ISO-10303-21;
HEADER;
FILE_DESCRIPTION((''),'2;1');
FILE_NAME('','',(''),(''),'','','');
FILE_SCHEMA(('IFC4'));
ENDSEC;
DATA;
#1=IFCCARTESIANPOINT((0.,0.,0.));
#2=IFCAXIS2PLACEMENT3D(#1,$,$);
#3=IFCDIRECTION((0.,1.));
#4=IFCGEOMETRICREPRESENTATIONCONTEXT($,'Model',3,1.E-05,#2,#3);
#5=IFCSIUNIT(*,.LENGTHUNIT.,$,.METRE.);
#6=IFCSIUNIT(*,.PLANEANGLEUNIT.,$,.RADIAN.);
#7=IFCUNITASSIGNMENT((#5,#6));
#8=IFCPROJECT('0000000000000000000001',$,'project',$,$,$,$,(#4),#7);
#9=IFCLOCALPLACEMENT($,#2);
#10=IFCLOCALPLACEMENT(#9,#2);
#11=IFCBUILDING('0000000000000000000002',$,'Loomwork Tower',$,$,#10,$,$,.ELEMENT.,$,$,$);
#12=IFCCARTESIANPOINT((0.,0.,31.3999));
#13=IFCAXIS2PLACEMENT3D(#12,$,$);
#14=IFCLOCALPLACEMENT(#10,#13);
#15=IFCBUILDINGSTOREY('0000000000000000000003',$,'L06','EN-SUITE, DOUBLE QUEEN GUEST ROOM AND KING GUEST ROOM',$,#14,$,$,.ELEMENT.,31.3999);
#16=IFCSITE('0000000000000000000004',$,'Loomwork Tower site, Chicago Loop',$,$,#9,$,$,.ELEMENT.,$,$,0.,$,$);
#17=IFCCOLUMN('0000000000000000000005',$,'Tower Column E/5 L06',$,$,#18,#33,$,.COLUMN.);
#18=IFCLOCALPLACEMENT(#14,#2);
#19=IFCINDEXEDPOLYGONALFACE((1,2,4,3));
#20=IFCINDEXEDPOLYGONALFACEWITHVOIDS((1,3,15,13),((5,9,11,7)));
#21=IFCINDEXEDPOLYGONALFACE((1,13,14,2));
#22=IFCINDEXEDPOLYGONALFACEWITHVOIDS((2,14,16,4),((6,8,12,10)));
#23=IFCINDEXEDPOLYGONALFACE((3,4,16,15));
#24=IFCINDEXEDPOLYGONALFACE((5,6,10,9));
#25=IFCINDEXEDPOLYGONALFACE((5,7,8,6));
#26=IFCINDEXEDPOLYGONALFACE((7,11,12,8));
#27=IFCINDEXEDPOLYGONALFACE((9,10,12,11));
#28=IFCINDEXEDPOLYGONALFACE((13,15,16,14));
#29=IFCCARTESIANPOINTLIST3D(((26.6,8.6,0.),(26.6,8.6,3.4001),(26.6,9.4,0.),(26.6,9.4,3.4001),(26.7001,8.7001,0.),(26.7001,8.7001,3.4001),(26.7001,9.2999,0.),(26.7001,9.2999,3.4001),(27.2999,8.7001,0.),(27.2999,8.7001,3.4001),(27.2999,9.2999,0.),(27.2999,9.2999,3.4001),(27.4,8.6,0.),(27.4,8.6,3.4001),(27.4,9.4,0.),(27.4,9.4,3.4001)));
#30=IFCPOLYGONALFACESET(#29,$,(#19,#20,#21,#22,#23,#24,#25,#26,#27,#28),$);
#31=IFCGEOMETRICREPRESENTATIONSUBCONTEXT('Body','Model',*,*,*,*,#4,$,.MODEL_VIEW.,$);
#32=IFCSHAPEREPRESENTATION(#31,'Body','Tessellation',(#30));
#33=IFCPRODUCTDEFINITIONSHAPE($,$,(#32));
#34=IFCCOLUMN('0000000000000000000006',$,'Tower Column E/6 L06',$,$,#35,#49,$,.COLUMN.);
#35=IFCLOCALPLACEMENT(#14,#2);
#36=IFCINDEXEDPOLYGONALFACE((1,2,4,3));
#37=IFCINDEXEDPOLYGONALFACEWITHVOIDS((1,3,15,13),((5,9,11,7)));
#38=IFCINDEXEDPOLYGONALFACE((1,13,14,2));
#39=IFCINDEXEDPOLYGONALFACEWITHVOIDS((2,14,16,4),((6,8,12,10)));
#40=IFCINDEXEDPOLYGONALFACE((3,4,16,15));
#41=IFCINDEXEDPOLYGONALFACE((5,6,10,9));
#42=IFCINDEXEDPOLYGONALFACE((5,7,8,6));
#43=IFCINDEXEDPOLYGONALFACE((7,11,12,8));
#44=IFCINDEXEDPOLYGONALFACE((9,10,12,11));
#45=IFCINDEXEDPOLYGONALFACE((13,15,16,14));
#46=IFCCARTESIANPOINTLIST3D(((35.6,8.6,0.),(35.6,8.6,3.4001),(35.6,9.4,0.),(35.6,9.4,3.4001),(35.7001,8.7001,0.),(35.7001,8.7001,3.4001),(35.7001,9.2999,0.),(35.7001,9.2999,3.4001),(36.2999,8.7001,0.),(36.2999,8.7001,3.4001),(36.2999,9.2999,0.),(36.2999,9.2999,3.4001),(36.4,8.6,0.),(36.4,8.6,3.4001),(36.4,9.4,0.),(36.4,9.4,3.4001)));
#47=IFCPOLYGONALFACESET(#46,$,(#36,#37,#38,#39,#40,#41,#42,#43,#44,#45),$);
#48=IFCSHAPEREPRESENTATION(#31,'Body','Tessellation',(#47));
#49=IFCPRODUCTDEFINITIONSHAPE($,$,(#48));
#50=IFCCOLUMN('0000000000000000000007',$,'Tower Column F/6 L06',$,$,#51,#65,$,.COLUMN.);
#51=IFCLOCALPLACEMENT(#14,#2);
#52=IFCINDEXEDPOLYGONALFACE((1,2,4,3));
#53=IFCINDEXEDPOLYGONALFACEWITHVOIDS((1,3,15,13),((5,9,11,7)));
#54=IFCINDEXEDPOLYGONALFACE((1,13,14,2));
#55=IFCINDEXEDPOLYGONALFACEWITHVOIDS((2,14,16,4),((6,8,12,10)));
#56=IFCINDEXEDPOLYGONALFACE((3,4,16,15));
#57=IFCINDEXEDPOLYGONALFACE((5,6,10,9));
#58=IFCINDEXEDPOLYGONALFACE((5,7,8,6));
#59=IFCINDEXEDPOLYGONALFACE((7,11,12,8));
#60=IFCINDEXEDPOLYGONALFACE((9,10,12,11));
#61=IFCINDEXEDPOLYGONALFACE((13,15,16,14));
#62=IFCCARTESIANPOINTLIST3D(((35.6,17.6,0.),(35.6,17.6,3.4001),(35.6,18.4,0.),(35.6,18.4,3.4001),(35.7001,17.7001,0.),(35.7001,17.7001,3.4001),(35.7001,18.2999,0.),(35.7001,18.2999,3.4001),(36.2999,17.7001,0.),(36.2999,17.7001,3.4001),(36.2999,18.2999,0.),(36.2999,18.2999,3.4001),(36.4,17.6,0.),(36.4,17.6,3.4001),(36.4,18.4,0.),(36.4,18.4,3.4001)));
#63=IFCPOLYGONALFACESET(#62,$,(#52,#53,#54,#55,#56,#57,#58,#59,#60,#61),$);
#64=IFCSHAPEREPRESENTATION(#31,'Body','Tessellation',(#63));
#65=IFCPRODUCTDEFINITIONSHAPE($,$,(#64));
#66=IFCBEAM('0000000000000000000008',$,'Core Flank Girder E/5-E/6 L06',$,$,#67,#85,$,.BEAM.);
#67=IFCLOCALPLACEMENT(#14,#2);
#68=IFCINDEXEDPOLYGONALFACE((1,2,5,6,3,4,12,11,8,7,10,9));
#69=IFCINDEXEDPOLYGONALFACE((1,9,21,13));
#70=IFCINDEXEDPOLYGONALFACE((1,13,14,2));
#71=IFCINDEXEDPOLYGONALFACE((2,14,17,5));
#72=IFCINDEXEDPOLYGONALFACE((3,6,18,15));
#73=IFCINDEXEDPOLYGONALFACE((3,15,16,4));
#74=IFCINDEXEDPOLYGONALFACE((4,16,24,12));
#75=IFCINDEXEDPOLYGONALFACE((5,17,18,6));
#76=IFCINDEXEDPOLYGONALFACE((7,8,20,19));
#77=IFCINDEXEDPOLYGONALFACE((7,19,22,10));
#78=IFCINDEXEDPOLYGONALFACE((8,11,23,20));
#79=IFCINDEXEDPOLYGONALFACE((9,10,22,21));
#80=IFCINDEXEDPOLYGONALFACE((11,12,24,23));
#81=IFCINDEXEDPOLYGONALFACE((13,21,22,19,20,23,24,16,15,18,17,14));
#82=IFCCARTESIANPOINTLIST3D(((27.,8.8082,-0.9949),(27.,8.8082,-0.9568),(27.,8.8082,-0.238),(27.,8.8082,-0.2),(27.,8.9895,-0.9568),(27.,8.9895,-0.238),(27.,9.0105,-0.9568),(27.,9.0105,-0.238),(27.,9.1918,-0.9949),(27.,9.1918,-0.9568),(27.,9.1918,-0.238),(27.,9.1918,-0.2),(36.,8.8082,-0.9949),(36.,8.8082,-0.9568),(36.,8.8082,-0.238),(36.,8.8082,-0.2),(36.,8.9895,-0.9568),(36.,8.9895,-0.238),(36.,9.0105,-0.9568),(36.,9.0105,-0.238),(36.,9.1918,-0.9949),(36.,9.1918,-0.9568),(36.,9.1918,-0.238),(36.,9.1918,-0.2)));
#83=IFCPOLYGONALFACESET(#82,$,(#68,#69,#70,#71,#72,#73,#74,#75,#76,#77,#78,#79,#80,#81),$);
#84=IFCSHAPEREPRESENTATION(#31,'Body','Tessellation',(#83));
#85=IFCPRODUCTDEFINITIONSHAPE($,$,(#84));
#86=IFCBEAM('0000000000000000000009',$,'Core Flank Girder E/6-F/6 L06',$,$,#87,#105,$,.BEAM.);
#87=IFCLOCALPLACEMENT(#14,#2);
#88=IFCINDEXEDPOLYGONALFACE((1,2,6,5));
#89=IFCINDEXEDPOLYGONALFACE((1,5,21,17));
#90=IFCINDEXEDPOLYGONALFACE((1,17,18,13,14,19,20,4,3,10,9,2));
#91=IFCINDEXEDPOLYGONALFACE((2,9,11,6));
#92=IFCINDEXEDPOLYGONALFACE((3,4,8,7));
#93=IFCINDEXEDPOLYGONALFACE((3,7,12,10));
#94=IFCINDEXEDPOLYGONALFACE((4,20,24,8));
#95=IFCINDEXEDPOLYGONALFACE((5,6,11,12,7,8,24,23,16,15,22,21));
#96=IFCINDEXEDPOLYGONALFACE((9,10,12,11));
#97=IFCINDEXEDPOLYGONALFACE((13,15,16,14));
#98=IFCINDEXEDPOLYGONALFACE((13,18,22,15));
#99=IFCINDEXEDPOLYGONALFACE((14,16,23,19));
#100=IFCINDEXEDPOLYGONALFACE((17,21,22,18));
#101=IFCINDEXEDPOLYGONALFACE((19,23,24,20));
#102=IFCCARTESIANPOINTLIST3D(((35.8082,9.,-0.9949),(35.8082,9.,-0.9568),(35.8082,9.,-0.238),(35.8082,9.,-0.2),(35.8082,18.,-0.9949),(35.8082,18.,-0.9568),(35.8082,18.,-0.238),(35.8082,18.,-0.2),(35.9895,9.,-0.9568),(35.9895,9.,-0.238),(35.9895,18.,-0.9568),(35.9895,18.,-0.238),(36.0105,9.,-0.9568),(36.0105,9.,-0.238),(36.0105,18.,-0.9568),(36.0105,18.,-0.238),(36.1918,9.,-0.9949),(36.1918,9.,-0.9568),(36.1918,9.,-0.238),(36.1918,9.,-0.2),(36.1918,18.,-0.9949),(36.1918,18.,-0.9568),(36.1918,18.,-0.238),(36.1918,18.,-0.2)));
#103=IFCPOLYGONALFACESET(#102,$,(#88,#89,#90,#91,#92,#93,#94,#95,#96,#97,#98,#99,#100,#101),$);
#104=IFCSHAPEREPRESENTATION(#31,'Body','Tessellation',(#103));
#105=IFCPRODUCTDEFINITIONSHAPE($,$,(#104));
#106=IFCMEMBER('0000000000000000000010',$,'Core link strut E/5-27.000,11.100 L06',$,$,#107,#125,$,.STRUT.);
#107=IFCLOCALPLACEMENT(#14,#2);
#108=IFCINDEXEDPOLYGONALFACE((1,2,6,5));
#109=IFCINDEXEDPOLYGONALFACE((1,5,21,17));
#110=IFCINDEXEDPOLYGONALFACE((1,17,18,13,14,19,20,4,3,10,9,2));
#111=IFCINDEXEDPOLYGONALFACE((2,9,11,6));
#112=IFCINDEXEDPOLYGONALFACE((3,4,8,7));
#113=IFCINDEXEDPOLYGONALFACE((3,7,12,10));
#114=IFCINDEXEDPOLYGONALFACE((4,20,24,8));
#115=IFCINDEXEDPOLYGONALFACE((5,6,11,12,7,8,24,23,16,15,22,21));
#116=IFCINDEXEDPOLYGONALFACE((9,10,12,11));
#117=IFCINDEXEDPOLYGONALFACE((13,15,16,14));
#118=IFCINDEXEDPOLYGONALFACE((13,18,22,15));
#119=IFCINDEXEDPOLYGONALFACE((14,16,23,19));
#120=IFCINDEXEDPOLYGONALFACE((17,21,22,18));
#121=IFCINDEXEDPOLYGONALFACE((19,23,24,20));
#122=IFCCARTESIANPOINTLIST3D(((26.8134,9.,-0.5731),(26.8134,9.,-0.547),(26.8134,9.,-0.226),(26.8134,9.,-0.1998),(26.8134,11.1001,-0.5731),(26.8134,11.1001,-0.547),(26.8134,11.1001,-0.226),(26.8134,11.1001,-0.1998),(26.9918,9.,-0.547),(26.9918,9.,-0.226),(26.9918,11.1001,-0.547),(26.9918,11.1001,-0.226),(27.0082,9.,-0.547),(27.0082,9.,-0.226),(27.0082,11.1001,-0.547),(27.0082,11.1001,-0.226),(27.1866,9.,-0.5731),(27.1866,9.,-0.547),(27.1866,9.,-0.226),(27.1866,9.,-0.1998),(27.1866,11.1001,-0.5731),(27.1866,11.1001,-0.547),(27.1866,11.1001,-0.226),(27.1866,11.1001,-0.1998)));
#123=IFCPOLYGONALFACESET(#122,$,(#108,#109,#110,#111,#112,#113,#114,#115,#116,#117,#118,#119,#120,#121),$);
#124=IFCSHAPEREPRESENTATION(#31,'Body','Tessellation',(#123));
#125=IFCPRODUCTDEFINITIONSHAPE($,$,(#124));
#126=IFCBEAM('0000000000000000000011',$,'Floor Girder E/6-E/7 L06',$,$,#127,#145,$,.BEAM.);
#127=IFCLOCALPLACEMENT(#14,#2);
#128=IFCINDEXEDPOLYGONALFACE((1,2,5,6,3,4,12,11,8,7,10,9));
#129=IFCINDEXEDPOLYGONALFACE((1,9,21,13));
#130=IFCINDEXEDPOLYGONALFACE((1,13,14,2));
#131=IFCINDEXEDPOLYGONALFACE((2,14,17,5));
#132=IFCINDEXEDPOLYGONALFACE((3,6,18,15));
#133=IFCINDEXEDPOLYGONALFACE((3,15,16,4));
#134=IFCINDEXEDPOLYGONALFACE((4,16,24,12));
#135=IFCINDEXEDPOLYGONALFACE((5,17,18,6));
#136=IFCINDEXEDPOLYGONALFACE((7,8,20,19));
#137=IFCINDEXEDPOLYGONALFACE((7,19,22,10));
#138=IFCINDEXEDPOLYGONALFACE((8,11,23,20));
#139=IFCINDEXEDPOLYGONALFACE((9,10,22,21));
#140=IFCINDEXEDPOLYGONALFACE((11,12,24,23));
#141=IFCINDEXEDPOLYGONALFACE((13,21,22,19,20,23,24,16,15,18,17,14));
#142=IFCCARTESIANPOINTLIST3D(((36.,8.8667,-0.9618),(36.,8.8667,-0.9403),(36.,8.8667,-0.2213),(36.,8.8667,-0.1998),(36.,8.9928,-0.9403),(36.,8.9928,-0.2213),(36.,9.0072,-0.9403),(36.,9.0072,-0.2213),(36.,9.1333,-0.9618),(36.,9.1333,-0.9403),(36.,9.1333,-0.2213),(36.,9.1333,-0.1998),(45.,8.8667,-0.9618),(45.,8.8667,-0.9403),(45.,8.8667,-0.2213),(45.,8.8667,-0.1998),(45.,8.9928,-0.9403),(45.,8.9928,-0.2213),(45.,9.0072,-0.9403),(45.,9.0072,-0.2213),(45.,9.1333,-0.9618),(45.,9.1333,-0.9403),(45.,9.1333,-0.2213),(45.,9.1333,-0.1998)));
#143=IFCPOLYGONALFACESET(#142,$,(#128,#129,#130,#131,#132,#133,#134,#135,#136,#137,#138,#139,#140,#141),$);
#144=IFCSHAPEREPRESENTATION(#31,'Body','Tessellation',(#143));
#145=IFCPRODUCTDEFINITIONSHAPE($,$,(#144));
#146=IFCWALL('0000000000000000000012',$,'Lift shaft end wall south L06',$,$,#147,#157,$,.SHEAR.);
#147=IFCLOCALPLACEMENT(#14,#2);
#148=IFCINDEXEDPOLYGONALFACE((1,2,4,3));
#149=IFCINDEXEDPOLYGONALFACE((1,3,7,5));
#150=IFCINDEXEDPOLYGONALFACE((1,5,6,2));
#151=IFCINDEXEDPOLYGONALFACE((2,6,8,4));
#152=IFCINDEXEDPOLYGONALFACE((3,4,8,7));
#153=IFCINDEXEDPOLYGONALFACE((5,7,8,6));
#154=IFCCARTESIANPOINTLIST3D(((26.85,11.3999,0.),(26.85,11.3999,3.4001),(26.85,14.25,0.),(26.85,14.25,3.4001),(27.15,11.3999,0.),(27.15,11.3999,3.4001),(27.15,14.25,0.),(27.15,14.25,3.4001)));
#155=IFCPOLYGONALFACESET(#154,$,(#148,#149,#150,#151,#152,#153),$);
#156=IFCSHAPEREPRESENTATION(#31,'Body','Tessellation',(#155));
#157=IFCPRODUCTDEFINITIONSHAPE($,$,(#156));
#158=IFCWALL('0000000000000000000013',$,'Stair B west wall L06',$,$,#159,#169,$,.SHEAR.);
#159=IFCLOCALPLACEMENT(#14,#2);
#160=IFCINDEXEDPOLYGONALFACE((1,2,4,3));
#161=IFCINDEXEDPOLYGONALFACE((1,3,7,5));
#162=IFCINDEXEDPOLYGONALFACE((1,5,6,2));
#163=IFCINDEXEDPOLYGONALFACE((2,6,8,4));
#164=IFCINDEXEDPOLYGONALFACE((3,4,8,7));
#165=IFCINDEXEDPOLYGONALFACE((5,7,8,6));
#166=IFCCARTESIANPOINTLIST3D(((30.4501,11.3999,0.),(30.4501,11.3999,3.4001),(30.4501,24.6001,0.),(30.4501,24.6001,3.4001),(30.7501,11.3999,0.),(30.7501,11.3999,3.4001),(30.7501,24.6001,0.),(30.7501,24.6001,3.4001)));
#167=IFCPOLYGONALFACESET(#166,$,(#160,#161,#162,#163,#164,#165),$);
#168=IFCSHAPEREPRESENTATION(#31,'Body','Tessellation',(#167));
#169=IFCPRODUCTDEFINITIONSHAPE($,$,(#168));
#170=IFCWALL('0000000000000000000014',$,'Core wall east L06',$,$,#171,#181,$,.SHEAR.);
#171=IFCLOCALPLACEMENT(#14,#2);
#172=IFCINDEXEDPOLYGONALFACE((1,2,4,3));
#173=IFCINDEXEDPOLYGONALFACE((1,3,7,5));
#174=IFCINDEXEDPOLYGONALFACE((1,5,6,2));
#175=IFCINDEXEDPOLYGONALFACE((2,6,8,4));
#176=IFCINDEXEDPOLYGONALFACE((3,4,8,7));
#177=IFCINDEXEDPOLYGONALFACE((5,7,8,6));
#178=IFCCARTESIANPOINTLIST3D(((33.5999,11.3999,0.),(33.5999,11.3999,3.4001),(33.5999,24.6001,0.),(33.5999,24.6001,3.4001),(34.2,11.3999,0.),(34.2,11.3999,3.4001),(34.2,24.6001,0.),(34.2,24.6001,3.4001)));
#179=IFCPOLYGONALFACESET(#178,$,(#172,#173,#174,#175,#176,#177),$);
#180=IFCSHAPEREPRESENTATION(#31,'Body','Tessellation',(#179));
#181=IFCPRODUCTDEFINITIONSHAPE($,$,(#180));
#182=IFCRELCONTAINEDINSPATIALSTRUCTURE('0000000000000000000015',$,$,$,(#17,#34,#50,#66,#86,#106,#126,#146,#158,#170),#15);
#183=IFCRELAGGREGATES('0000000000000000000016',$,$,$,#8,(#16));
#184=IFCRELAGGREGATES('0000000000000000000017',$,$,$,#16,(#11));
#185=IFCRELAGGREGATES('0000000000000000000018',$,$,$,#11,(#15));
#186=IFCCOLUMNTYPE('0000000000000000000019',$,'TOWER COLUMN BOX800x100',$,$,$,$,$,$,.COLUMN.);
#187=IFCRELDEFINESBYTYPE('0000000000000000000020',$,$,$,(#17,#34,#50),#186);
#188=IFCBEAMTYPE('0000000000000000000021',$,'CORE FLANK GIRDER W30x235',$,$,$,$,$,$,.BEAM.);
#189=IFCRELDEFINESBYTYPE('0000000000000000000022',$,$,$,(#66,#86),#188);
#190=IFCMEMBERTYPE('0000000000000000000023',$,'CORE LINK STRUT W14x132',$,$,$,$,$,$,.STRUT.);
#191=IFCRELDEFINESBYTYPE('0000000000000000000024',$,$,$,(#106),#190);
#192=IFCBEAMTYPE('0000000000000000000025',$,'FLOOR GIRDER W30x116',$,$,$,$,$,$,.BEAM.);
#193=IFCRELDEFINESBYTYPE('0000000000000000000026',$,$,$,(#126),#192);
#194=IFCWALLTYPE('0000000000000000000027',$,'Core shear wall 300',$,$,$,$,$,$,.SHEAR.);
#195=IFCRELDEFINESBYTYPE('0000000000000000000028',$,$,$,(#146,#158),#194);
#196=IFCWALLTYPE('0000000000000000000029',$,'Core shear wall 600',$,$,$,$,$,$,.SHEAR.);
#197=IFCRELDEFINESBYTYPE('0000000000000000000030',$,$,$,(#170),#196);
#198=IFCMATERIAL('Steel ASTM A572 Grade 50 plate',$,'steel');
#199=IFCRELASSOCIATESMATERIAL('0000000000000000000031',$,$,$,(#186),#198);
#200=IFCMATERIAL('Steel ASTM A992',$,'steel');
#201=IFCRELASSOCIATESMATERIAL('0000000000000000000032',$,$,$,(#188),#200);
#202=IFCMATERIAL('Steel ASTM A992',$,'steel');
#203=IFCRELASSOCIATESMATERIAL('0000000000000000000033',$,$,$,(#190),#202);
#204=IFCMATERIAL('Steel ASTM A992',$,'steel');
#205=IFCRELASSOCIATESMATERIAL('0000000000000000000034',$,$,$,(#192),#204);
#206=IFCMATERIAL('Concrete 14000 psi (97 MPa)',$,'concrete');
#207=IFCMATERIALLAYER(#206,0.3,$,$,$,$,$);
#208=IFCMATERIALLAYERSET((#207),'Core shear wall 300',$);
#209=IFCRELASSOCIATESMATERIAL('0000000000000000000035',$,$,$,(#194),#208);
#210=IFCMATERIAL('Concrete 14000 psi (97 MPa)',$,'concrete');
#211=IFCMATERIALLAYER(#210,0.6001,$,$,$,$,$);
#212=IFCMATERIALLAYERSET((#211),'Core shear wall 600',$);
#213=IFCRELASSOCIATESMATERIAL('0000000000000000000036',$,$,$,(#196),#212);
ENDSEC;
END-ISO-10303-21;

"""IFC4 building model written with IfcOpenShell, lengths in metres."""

from ifc_helpers import new_model, si_unit, direction, frame, frame_2d, origin, origin_2d, place, context, subcontext, project, spatial, rectangle, hollow_rectangle, i_section, extrude, material, layer, layer_set, material_profile, profile_set, type_object, element, save


model = new_model("IFC4")

# Units and contexts
model_context = context("Model", 3, precision=1e-05, world=origin(), true_north=direction((0.0, 1.0)))
body_context = subcontext(model_context, "Body", "Model", "MODEL_VIEW")
ifc_project = project(units=[si_unit("LENGTHUNIT", "METRE"), si_unit("PLANEANGLEUNIT", "RADIAN")], contexts=[model_context])

# Site, building, storey
site_placement = place(None, origin())
site = spatial("IfcSite", under=ifc_project, at=site_placement, Name="Loomwork Tower site, Chicago Loop", CompositionType="ELEMENT", RefElevation=0.0)
building_placement = place(site_placement, origin())
building = spatial("IfcBuilding", under=site, at=building_placement, Name="Loomwork Tower", CompositionType="ELEMENT")
storey_placement = place(building_placement, frame((0.0, 0.0, 31.3999)))
storey = spatial("IfcBuildingStorey", under=building, at=storey_placement, Name="L06", Description="EN-SUITE, DOUBLE QUEEN GUEST ROOM AND KING GUEST ROOM", CompositionType="ELEMENT", Elevation=31.3999)

# Columns
ifc_material_1 = material(Name="Steel ASTM A572 Grade 50 plate", Category="steel")
ifc_material_profile_1 = material_profile(ifc_material_1, hollow_rectangle(XDim=0.8, YDim=0.8, WallThickness=0.1001, at=origin_2d()), Name="BOX800x100")
ifc_profile_set_1 = profile_set([ifc_material_profile_1], Name="Steel ASTM A572 Grade 50 plate")
column_type = type_object("IfcColumnType", Name="TOWER COLUMN BOX800x100", PredefinedType="COLUMN", material=ifc_profile_set_1)
for number, where, z_axis, x_axis, name in (
    (1, (27.0, 9.0, 0.0), (0.0, 0.0, 1.0), (1.0, 0.0, 0.0), "Tower Column E/5 L06"),
    (2, (36.0, 9.0, 0.0), (0.0, 0.0, 1.0), (0.0, 1.0, 0.0), "Tower Column E/6 L06"),
    (3, (36.0, 18.0, 0.0), (0.0, 0.0, 1.0), (0.0, 1.0, 0.0), "Tower Column F/6 L06"),
):
    element("IfcColumn", number, at=place(storey_placement, frame(where, z_axis=z_axis, x_axis=x_axis)), inside=storey, type_object=column_type, Name=name, PredefinedType="COLUMN", context=body_context, shape_type="SweptSolid", body=[
        extrude(hollow_rectangle(XDim=0.8, YDim=0.8, WallThickness=0.1001, at=origin_2d()), origin(), (0.0, 0.0, 1.0), 3.4001),
    ])

# Beams
ifc_material_2 = material(Name="Steel ASTM A992", Category="steel")
ifc_material_profile_2 = material_profile(ifc_material_2, i_section(OverallWidth=0.3835, OverallDepth=0.7949, WebThickness=0.021, FlangeThickness=0.0381, at=origin_2d()), Name="W30x235")
ifc_profile_set_2 = profile_set([ifc_material_profile_2], Name="Steel ASTM A992")
beam_type_1 = type_object("IfcBeamType", Name="CORE FLANK GIRDER W30x235", PredefinedType="BEAM", material=ifc_profile_set_2)
for number, where, z_axis, x_axis, name in (
    (4, (27.0, 9.0, -0.5974), (1.0, 0.0, 0.0), (0.0, 1.0, 0.0), "Core Flank Girder E/5-E/6 L06"),
    (5, (36.0, 9.0, -0.5974), (0.0, 1.0, 0.0), (-1.0, 0.0, 0.0), "Core Flank Girder E/6-F/6 L06"),
):
    element("IfcBeam", number, at=place(storey_placement, frame(where, z_axis=z_axis, x_axis=x_axis)), inside=storey, type_object=beam_type_1, Name=name, PredefinedType="BEAM", context=body_context, shape_type="SweptSolid", body=[
        extrude(i_section(OverallWidth=0.3835, OverallDepth=0.7949, WebThickness=0.021, FlangeThickness=0.0381, at=origin_2d()), origin(), (0.0, 0.0, 1.0), 9.0),
    ])

# Member
ifc_material_3 = material(Name="Steel ASTM A992", Category="steel")
ifc_material_profile_3 = material_profile(ifc_material_3, i_section(OverallWidth=0.3733, OverallDepth=0.3733, WebThickness=0.0164, FlangeThickness=0.0261, at=origin_2d()), Name="W14x132")
ifc_profile_set_3 = profile_set([ifc_material_profile_3], Name="Steel ASTM A992")
member_type = type_object("IfcMemberType", Name="CORE LINK STRUT W14x132", PredefinedType="STRUT", material=ifc_profile_set_3)
member_placement = place(storey_placement, frame((27.0, 9.0, -0.3865), z_axis=(0.0, 1.0, 0.0), x_axis=(-1.0, 0.0, 0.0)))
element("IfcMember", 6, at=member_placement, inside=storey, type_object=member_type, Name="Core link strut E/5-27.000,11.100 L06", PredefinedType="STRUT", context=body_context, shape_type="SweptSolid", body=[
    extrude(i_section(OverallWidth=0.3733, OverallDepth=0.3733, WebThickness=0.0164, FlangeThickness=0.0261, at=origin_2d()), origin(), (0.0, 0.0, 1.0), 2.1001),
])

# Beam
ifc_material_4 = material(Name="Steel ASTM A992", Category="steel")
ifc_material_profile_4 = material_profile(ifc_material_4, i_section(OverallWidth=0.2666, OverallDepth=0.762, WebThickness=0.0144, FlangeThickness=0.0215, at=origin_2d()), Name="W30x116")
ifc_profile_set_4 = profile_set([ifc_material_profile_4], Name="Steel ASTM A992")
beam_type_2 = type_object("IfcBeamType", Name="FLOOR GIRDER W30x116", PredefinedType="BEAM", material=ifc_profile_set_4)
beam_placement = place(storey_placement, frame((36.0, 9.0, -0.5808), z_axis=(1.0, 0.0, 0.0), x_axis=(0.0, 1.0, 0.0)))
element("IfcBeam", 7, at=beam_placement, inside=storey, type_object=beam_type_2, Name="Floor Girder E/6-E/7 L06", PredefinedType="BEAM", context=body_context, shape_type="SweptSolid", body=[
    extrude(i_section(OverallWidth=0.2666, OverallDepth=0.762, WebThickness=0.0144, FlangeThickness=0.0215, at=origin_2d()), origin(), (0.0, 0.0, 1.0), 9.0),
])

# Walls
ifc_material_5 = material(Name="Concrete 14000 psi (97 MPa)", Category="concrete")
ifc_layer_1 = layer(ifc_material_5, 0.3)
ifc_layer_set_1 = layer_set([ifc_layer_1], Name="Core shear wall 300")
wall_type_1 = type_object("IfcWallType", Name="Core shear wall 300", PredefinedType="SHEAR", material=ifc_layer_set_1)
wall_1_placement = place(storey_placement, frame((27.0, 11.3999, 0.0), z_axis=(0.0, 0.0, 1.0), x_axis=(0.0, 1.0, 0.0)))
element("IfcWall", 8, at=wall_1_placement, inside=storey, type_object=wall_type_1, Name="Lift shaft end wall south L06", PredefinedType="SHEAR", context=body_context, shape_type="SweptSolid", body=[
    extrude(rectangle(XDim=2.8501, YDim=0.3, at=frame_2d((1.425, 0.0))), origin(), (0.0, 0.0, 1.0), 3.4001),
])
wall_2_placement = place(storey_placement, frame((30.6001, 11.3999, 0.0), z_axis=(0.0, 0.0, 1.0), x_axis=(0.0, 1.0, 0.0)))
element("IfcWall", 9, at=wall_2_placement, inside=storey, type_object=wall_type_1, Name="Stair B west wall L06", PredefinedType="SHEAR", context=body_context, shape_type="SweptSolid", body=[
    extrude(rectangle(XDim=13.2002, YDim=0.3, at=frame_2d((6.6001, 0.0))), origin(), (0.0, 0.0, 1.0), 3.4001),
])
ifc_material_6 = material(Name="Concrete 14000 psi (97 MPa)", Category="concrete")
ifc_layer_2 = layer(ifc_material_6, 0.6001)
ifc_layer_set_2 = layer_set([ifc_layer_2], Name="Core shear wall 600")
wall_type_2 = type_object("IfcWallType", Name="Core shear wall 600", PredefinedType="SHEAR", material=ifc_layer_set_2)
wall_3_placement = place(storey_placement, frame((33.8999, 11.3999, 0.0), z_axis=(0.0, 0.0, 1.0), x_axis=(0.0, 1.0, 0.0)))
element("IfcWall", 10, at=wall_3_placement, inside=storey, type_object=wall_type_2, Name="Core wall east L06", PredefinedType="SHEAR", context=body_context, shape_type="SweptSolid", body=[
    extrude(rectangle(XDim=13.2002, YDim=0.6001, at=frame_2d((6.6001, 0.0))), origin(), (0.0, 0.0, 1.0), 3.4001),
])

save(model, "model.ifc")
